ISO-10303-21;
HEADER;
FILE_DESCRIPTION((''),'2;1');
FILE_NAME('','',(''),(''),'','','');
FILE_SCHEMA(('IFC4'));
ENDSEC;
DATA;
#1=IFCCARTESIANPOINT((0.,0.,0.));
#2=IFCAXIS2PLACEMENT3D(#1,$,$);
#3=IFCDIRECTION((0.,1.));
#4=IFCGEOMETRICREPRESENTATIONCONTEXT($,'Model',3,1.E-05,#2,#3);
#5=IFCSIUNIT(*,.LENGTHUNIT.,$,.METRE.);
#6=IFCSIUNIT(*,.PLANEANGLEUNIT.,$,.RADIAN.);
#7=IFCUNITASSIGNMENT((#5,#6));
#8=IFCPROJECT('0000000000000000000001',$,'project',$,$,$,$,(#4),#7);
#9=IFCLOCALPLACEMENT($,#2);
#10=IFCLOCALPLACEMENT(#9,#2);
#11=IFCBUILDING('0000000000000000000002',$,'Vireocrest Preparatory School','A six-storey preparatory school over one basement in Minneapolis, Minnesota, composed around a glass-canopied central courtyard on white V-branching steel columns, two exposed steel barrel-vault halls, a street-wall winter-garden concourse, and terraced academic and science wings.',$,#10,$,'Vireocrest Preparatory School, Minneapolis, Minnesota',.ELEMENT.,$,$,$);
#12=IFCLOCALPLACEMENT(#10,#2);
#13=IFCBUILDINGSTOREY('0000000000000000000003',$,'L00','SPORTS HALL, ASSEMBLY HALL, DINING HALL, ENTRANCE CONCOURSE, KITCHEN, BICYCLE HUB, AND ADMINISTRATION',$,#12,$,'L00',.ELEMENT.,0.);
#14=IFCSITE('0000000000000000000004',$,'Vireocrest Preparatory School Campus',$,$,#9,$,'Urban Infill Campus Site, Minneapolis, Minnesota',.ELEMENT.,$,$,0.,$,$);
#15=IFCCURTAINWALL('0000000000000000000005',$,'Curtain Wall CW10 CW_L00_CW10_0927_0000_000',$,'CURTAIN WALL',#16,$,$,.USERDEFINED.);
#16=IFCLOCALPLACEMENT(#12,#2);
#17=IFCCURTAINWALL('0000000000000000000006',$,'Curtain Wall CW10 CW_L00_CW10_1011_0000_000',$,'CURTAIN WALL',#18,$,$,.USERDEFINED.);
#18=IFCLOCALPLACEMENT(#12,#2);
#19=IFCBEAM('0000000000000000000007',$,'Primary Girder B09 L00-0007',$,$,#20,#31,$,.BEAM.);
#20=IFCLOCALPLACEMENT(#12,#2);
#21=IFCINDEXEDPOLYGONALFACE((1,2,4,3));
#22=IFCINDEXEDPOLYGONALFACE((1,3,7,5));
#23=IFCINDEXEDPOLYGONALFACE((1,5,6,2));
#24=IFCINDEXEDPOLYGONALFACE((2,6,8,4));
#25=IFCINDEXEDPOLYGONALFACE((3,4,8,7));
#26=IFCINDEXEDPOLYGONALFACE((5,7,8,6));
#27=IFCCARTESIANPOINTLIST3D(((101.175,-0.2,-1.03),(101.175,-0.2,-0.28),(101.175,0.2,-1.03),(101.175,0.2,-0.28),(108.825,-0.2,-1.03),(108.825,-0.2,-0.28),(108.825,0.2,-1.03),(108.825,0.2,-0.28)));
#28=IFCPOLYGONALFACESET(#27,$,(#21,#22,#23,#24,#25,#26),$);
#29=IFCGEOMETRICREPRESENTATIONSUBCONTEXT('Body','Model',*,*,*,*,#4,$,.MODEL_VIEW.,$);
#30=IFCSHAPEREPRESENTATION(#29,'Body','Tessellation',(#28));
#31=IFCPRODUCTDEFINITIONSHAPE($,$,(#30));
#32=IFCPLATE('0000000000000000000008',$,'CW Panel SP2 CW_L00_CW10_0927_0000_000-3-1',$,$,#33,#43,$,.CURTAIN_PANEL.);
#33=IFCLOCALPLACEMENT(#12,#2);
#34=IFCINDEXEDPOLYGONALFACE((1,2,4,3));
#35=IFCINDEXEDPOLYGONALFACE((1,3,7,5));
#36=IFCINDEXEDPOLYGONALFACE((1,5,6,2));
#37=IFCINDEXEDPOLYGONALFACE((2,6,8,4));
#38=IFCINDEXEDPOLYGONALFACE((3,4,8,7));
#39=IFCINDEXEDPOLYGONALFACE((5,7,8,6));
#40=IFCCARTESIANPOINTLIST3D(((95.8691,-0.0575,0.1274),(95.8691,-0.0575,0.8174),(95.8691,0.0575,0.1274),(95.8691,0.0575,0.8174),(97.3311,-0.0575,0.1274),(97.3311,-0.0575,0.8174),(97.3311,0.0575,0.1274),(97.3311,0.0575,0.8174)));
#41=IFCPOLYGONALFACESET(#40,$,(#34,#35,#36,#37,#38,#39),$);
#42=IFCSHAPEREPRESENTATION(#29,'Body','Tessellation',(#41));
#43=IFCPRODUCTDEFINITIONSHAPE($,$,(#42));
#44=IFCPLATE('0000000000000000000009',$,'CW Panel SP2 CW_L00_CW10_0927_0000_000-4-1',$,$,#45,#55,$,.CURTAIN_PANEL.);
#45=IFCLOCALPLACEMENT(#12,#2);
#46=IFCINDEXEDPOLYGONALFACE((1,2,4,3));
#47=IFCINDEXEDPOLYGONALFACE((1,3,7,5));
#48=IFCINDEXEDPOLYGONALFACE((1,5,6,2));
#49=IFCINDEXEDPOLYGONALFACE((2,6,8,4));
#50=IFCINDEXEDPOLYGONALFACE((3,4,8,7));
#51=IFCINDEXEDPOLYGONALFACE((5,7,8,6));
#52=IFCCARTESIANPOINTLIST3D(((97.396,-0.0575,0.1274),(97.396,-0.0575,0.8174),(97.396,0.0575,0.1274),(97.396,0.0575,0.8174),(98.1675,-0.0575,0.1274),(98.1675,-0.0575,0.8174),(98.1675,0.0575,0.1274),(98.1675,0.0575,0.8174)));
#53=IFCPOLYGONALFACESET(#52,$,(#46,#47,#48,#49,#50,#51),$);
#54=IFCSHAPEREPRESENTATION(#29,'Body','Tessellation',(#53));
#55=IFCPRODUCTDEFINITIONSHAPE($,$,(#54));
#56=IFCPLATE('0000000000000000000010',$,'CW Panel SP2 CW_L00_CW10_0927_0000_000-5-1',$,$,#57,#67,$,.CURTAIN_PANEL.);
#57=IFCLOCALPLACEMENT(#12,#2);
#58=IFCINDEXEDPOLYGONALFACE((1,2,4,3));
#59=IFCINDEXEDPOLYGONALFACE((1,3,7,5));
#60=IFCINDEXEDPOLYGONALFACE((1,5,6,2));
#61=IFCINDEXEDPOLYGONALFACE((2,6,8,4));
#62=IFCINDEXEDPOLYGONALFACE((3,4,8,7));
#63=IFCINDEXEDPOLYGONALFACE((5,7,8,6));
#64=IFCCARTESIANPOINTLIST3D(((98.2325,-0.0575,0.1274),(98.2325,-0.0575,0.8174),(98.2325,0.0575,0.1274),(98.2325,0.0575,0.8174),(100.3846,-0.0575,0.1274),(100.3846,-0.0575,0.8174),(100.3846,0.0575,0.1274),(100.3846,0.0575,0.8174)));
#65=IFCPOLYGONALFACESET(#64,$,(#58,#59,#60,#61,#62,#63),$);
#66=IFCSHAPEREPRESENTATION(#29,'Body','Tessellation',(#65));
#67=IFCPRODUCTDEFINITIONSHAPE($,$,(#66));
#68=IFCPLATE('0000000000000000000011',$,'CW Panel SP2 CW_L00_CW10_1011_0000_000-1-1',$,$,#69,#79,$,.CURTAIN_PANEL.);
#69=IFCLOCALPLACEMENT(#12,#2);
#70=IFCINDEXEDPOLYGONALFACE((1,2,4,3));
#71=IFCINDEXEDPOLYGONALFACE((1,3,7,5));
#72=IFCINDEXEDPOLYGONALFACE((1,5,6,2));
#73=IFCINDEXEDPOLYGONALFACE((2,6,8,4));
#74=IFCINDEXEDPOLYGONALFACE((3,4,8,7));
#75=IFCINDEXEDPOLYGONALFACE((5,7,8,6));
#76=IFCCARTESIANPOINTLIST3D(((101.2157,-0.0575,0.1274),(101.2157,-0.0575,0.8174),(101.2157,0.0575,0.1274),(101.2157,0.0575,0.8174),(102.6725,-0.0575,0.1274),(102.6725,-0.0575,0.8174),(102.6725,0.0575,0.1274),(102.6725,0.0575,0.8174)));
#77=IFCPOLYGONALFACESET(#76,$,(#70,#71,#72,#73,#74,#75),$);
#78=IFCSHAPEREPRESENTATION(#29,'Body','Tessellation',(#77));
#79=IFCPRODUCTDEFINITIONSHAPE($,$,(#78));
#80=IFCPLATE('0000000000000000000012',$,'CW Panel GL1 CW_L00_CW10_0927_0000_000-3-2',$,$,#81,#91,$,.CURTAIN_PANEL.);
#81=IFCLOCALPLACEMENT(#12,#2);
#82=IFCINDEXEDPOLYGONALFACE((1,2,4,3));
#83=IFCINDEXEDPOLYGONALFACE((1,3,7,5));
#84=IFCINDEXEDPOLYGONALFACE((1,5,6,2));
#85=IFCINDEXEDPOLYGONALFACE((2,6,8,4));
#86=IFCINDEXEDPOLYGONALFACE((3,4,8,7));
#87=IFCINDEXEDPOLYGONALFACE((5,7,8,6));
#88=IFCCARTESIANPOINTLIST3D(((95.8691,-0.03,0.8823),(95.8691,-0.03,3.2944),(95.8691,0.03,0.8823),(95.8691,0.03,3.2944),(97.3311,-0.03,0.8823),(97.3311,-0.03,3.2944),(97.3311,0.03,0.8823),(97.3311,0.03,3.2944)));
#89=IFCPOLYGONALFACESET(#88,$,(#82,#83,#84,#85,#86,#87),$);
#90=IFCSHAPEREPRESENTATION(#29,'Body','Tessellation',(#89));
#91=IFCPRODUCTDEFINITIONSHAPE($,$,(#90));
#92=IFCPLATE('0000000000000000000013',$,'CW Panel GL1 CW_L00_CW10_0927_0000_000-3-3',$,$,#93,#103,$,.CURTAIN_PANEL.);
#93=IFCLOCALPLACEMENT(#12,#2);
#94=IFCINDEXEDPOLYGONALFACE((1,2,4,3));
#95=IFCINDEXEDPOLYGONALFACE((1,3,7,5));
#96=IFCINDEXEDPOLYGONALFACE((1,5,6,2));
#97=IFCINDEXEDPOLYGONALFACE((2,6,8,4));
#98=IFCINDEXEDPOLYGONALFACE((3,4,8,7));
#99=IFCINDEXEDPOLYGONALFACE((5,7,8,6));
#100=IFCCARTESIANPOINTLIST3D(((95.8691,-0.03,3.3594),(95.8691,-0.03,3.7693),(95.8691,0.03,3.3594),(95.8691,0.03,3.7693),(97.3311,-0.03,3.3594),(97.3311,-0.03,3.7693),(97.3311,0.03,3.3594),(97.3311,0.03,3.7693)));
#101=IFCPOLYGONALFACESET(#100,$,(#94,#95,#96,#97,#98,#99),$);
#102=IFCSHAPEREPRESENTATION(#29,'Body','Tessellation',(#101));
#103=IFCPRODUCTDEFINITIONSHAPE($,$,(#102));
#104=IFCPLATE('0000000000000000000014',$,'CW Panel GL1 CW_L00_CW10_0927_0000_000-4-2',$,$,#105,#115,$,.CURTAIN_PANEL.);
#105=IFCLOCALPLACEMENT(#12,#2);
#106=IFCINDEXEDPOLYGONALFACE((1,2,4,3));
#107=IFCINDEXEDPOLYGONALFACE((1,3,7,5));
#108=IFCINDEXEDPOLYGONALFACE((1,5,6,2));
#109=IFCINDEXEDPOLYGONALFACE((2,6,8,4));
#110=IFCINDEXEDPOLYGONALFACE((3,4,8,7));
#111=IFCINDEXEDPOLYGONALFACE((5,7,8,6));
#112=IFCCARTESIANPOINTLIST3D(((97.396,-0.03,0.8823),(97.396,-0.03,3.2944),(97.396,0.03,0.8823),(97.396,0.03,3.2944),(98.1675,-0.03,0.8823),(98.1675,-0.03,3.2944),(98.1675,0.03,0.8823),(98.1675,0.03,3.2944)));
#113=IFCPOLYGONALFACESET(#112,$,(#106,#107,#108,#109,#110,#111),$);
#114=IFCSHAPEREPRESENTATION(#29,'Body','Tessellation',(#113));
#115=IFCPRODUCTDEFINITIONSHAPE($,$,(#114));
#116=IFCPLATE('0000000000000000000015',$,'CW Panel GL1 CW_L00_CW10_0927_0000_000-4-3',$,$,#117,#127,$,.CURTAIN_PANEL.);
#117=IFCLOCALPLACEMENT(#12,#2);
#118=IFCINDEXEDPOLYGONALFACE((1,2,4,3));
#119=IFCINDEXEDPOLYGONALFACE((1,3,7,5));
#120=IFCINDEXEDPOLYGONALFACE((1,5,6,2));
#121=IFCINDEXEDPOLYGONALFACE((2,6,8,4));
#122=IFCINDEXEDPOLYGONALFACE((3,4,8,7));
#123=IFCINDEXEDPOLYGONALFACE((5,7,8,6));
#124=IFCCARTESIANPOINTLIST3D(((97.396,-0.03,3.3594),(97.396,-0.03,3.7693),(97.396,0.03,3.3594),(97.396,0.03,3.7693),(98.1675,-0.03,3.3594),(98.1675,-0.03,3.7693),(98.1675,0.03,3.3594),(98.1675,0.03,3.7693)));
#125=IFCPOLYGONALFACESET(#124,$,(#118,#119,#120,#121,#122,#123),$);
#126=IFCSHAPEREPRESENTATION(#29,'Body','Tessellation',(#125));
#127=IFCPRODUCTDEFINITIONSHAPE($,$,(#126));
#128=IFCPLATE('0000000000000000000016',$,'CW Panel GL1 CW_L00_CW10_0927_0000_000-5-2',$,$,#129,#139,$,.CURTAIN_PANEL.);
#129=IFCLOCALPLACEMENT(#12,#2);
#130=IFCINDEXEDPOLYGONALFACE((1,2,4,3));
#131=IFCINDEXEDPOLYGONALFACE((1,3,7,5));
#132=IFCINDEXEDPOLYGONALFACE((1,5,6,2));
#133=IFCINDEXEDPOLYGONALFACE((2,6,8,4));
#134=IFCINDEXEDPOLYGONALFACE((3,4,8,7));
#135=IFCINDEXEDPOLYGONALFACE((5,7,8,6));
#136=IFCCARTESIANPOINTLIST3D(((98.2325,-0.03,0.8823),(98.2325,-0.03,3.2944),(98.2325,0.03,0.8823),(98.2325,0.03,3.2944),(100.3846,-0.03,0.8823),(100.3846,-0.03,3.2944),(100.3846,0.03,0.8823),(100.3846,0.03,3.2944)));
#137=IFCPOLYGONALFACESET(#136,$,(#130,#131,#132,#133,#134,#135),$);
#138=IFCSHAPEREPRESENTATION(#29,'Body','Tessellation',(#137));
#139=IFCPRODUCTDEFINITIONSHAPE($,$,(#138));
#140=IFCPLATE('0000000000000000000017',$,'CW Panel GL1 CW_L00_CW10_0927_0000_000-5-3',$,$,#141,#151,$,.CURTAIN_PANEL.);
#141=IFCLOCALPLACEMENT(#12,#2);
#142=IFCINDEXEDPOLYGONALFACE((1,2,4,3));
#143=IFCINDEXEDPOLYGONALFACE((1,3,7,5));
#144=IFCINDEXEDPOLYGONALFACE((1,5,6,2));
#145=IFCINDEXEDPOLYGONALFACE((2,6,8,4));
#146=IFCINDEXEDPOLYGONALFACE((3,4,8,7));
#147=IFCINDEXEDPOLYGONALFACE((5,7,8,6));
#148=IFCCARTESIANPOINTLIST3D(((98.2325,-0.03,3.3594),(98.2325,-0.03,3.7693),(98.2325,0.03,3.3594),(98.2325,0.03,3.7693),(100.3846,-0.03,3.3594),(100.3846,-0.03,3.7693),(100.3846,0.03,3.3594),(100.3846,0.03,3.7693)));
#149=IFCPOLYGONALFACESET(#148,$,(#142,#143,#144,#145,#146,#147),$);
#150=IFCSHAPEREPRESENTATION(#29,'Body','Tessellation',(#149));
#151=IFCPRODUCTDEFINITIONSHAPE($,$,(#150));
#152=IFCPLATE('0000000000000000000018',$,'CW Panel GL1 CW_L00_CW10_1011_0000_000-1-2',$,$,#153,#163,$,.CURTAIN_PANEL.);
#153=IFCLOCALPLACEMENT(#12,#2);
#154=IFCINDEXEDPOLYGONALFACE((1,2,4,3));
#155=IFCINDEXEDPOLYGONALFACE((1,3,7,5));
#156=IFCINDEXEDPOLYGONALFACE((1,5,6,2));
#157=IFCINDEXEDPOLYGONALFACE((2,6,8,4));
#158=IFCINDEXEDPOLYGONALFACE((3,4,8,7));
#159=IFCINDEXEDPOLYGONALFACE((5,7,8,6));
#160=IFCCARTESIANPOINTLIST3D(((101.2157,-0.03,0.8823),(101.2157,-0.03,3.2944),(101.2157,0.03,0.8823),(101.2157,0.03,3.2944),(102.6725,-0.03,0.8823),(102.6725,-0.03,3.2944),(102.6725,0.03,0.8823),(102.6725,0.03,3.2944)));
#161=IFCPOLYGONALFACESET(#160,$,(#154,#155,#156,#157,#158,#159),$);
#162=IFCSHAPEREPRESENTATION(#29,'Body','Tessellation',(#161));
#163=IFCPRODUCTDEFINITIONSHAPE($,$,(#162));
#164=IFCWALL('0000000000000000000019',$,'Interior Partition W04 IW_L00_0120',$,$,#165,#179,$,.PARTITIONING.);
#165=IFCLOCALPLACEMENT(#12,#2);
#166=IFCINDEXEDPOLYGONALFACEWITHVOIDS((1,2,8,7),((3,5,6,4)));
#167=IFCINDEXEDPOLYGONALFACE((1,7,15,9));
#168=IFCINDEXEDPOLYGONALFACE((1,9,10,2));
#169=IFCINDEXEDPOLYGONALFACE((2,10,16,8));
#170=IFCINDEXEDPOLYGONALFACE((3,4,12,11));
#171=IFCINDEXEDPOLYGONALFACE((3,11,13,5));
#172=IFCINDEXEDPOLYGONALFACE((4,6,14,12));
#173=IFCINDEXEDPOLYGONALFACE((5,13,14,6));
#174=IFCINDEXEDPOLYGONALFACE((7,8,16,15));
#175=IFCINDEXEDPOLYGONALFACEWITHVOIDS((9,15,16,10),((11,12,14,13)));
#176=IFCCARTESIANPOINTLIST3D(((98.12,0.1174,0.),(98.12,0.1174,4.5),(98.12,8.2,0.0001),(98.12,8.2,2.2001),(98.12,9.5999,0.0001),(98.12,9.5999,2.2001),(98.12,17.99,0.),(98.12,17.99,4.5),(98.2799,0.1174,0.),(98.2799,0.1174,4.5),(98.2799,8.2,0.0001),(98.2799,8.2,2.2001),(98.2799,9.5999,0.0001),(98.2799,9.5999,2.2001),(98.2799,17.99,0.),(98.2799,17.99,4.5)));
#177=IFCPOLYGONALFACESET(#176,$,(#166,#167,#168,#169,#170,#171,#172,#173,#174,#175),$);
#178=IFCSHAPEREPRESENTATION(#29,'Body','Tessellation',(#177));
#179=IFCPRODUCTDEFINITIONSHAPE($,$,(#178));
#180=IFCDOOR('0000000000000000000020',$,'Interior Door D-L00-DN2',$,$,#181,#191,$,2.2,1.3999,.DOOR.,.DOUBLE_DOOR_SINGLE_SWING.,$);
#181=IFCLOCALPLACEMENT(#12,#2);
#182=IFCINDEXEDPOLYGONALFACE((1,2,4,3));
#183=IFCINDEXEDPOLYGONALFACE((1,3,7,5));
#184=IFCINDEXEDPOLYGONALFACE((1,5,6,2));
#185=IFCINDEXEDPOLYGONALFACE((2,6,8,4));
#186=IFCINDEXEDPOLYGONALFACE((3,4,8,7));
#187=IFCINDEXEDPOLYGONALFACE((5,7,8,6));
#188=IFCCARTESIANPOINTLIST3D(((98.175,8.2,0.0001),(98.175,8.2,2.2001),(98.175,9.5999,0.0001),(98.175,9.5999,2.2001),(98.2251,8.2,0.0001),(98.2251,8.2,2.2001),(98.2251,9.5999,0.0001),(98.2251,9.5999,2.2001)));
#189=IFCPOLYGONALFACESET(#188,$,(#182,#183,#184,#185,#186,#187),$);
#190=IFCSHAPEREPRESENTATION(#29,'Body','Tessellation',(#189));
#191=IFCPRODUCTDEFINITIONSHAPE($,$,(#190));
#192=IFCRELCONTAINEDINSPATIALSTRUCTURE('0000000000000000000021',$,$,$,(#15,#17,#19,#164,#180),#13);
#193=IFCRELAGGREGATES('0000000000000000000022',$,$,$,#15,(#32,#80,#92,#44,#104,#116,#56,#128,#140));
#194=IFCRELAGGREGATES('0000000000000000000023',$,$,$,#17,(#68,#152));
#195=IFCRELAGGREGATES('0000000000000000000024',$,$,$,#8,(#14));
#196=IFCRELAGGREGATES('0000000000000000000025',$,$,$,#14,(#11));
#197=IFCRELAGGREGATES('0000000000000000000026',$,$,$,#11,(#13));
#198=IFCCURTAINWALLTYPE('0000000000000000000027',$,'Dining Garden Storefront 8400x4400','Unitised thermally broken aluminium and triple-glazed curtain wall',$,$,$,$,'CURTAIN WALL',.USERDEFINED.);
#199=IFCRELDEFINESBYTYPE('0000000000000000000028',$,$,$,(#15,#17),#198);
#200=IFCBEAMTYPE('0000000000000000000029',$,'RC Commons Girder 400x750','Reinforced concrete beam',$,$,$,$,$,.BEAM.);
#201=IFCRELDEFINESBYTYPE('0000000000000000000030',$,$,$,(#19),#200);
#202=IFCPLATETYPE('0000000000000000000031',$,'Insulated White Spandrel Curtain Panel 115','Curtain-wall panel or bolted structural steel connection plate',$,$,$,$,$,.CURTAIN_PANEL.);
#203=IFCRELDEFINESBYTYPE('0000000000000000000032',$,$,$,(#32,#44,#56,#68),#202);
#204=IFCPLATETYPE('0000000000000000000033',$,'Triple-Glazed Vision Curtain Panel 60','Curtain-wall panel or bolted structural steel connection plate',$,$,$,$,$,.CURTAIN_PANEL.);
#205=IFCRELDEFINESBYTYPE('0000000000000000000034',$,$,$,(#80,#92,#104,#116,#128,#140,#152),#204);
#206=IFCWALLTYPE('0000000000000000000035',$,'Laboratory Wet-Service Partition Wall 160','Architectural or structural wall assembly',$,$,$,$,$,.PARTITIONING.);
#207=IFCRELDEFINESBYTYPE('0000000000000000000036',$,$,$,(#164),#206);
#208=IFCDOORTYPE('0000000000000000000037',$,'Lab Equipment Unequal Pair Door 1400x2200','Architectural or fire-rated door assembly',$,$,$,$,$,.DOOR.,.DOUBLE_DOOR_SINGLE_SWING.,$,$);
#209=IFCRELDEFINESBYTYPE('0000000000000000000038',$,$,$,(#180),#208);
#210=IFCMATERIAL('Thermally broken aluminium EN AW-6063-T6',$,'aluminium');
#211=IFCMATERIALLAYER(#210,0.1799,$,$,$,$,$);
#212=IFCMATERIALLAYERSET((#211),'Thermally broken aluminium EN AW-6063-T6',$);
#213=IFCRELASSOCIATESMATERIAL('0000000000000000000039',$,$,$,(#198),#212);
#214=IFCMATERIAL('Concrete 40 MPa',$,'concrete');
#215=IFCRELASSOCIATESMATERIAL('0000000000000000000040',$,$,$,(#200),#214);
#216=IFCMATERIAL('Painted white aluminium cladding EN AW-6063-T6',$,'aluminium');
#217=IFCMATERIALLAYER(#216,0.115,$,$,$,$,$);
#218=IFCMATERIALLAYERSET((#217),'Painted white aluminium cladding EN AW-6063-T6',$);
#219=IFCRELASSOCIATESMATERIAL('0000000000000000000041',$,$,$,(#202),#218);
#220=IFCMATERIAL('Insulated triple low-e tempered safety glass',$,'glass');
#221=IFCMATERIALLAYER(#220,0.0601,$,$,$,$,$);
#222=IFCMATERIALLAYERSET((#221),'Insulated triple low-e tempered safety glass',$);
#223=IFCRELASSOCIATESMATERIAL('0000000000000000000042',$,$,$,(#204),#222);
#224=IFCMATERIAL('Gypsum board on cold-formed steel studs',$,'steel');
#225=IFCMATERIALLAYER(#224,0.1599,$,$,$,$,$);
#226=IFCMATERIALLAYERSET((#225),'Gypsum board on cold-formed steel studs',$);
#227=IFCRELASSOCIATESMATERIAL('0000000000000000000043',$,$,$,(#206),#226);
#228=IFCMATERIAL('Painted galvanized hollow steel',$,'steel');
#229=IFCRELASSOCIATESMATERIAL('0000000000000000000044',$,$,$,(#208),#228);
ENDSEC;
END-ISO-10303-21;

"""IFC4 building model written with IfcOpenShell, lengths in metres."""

from ifc_helpers import new_model, si_unit, direction, frame, frame_2d, origin, origin_2d, place, context, subcontext, project, spatial, rectangle, extrude, material, layer, layer_set, material_profile, profile_set, type_object, element, fill, aggregate, save


model = new_model("IFC4")

# Units and contexts
model_context = context("Model", 3, precision=1e-05, world=origin(), true_north=direction((0.0, 1.0)))
body_context = subcontext(model_context, "Body", "Model", "MODEL_VIEW")
ifc_project = project(units=[si_unit("LENGTHUNIT", "METRE"), si_unit("PLANEANGLEUNIT", "RADIAN")], contexts=[model_context])

# Site, building, storey
site_placement = place(None, origin())
site = spatial("IfcSite", under=ifc_project, at=site_placement, Name="Vireocrest Preparatory School Campus", LongName="Urban Infill Campus Site, Minneapolis, Minnesota", CompositionType="ELEMENT", RefElevation=0.0)
building_placement = place(site_placement, origin())
building = spatial("IfcBuilding", under=site, at=building_placement, Name="Vireocrest Preparatory School", Description="A six-storey preparatory school over one basement in Minneapolis, Minnesota, composed around a glass-canopied central courtyard on white V-branching steel columns, two exposed steel barrel-vault halls, a street-wall winter-garden concourse, and terraced academic and science wings.", LongName="Vireocrest Preparatory School, Minneapolis, Minnesota", CompositionType="ELEMENT")
storey_placement = place(building_placement, origin())
storey = spatial("IfcBuildingStorey", under=building, at=storey_placement, Name="L00", Description="SPORTS HALL, ASSEMBLY HALL, DINING HALL, ENTRANCE CONCOURSE, KITCHEN, BICYCLE HUB, AND ADMINISTRATION", LongName="L00", CompositionType="ELEMENT", Elevation=0.0)

# Curtain walls
ifc_material_1 = material(Name="Thermally broken aluminium EN AW-6063-T6", Category="aluminium")
ifc_layer_1 = layer(ifc_material_1, 0.1799)
ifc_layer_set_1 = layer_set([ifc_layer_1], Name="Thermally broken aluminium EN AW-6063-T6")
curtain_wall_type = type_object("IfcCurtainWallType", Name="Dining Garden Storefront 8400x4400", Description="Unitised thermally broken aluminium and triple-glazed curtain wall", ElementType="CURTAIN WALL", PredefinedType="USERDEFINED", material=ifc_layer_set_1)
curtain_wall_1_placement = place(storey_placement, origin())
curtain_wall_1 = element("IfcCurtainWall", 1, at=curtain_wall_1_placement, inside=storey, type_object=curtain_wall_type, Name="Curtain Wall CW10 CW_L00_CW10_0927_0000_000", ObjectType="CURTAIN WALL", PredefinedType="USERDEFINED")
curtain_wall_2_placement = place(storey_placement, origin())
curtain_wall_2 = element("IfcCurtainWall", 2, at=curtain_wall_2_placement, inside=storey, type_object=curtain_wall_type, Name="Curtain Wall CW10 CW_L00_CW10_1011_0000_000", ObjectType="CURTAIN WALL", PredefinedType="USERDEFINED")

# Beam
ifc_material_2 = material(Name="Concrete 40 MPa", Category="concrete")
ifc_material_profile_1 = material_profile(ifc_material_2, rectangle(XDim=0.3999, YDim=0.75, at=origin_2d()), Name="RC 400x750")
ifc_profile_set_1 = profile_set([ifc_material_profile_1], Name="Concrete 40 MPa")
beam_type = type_object("IfcBeamType", Name="RC Commons Girder 400x750", Description="Reinforced concrete beam", PredefinedType="BEAM", material=ifc_profile_set_1)
beam_placement = place(storey_placement, frame((101.175, 0.0, -0.655), z_axis=(1.0, 0.0, 0.0), x_axis=(0.0, 1.0, 0.0)))
element("IfcBeam", 3, at=beam_placement, inside=storey, type_object=beam_type, Name="Primary Girder B09 L00-0007", PredefinedType="BEAM", context=body_context, shape_type="SweptSolid", body=[
    extrude(rectangle(XDim=0.3999, YDim=0.75, at=origin_2d()), origin(), (0.0, 0.0, 1.0), 7.6499),
])

# Plates
ifc_material_3 = material(Name="Painted white aluminium cladding EN AW-6063-T6", Category="aluminium")
ifc_layer_2 = layer(ifc_material_3, 0.115)
ifc_layer_set_2 = layer_set([ifc_layer_2], Name="Painted white aluminium cladding EN AW-6063-T6")
plate_type_1 = type_object("IfcPlateType", Name="Insulated White Spandrel Curtain Panel 115", Description="Curtain-wall panel or bolted structural steel connection plate", PredefinedType="CURTAIN_PANEL", material=ifc_layer_set_2)
plate_1_placement = place(storey_placement, frame((96.6001, 0.0, 0.1274), z_axis=(0.0, 0.0, 1.0), x_axis=(1.0, 0.0, 0.0)))
plate_1 = element("IfcPlate", 4, at=plate_1_placement, type_object=plate_type_1, Name="CW Panel SP2 CW_L00_CW10_0927_0000_000-3-1", PredefinedType="CURTAIN_PANEL", context=body_context, shape_type="SweptSolid", body=[
    extrude(rectangle(XDim=1.4619, YDim=0.115, at=origin_2d()), origin(), (0.0, 0.0, 1.0), 0.6899),
])
plate_2_placement = place(storey_placement, frame((97.7817, 0.0, 0.1274), z_axis=(0.0, 0.0, 1.0), x_axis=(1.0, 0.0, 0.0)))
plate_2 = element("IfcPlate", 5, at=plate_2_placement, type_object=plate_type_1, Name="CW Panel SP2 CW_L00_CW10_0927_0000_000-4-1", PredefinedType="CURTAIN_PANEL", context=body_context, shape_type="SweptSolid", body=[
    extrude(rectangle(XDim=0.7715, YDim=0.115, at=origin_2d()), origin(), (0.0, 0.0, 1.0), 0.6899),
])
plate_3_placement = place(storey_placement, frame((99.3086, 0.0, 0.1274), z_axis=(0.0, 0.0, 1.0), x_axis=(1.0, 0.0, 0.0)))
plate_3 = element("IfcPlate", 6, at=plate_3_placement, type_object=plate_type_1, Name="CW Panel SP2 CW_L00_CW10_0927_0000_000-5-1", PredefinedType="CURTAIN_PANEL", context=body_context, shape_type="SweptSolid", body=[
    extrude(rectangle(XDim=2.1521, YDim=0.115, at=origin_2d()), origin(), (0.0, 0.0, 1.0), 0.6899),
])
plate_4_placement = place(storey_placement, frame((101.9441, 0.0, 0.1274), z_axis=(0.0, 0.0, 1.0), x_axis=(1.0, 0.0, 0.0)))
plate_4 = element("IfcPlate", 7, at=plate_4_placement, type_object=plate_type_1, Name="CW Panel SP2 CW_L00_CW10_1011_0000_000-1-1", PredefinedType="CURTAIN_PANEL", context=body_context, shape_type="SweptSolid", body=[
    extrude(rectangle(XDim=1.4568, YDim=0.115, at=origin_2d()), origin(), (0.0, 0.0, 1.0), 0.6899),
])
ifc_material_4 = material(Name="Insulated triple low-e tempered safety glass", Category="glass")
ifc_layer_3 = layer(ifc_material_4, 0.0601)
ifc_layer_set_3 = layer_set([ifc_layer_3], Name="Insulated triple low-e tempered safety glass")
plate_type_2 = type_object("IfcPlateType", Name="Triple-Glazed Vision Curtain Panel 60", Description="Curtain-wall panel or bolted structural steel connection plate", PredefinedType="CURTAIN_PANEL", material=ifc_layer_set_3)
plate_5_placement = place(storey_placement, frame((96.6001, 0.0, 0.8823), z_axis=(0.0, 0.0, 1.0), x_axis=(1.0, 0.0, 0.0)))
plate_5 = element("IfcPlate", 8, at=plate_5_placement, type_object=plate_type_2, Name="CW Panel GL1 CW_L00_CW10_0927_0000_000-3-2", PredefinedType="CURTAIN_PANEL", context=body_context, shape_type="SweptSolid", body=[
    extrude(rectangle(XDim=1.4619, YDim=0.0601, at=origin_2d()), origin(), (0.0, 0.0, 1.0), 2.4121),
])
plate_6_placement = place(storey_placement, frame((96.6001, 0.0, 3.3594), z_axis=(0.0, 0.0, 1.0), x_axis=(1.0, 0.0, 0.0)))
plate_6 = element("IfcPlate", 9, at=plate_6_placement, type_object=plate_type_2, Name="CW Panel GL1 CW_L00_CW10_0927_0000_000-3-3", PredefinedType="CURTAIN_PANEL", context=body_context, shape_type="SweptSolid", body=[
    extrude(rectangle(XDim=1.4619, YDim=0.0601, at=origin_2d()), origin(), (0.0, 0.0, 1.0), 0.4099),
])
plate_7_placement = place(storey_placement, frame((97.7817, 0.0, 0.8823), z_axis=(0.0, 0.0, 1.0), x_axis=(1.0, 0.0, 0.0)))
plate_7 = element("IfcPlate", 10, at=plate_7_placement, type_object=plate_type_2, Name="CW Panel GL1 CW_L00_CW10_0927_0000_000-4-2", PredefinedType="CURTAIN_PANEL", context=body_context, shape_type="SweptSolid", body=[
    extrude(rectangle(XDim=0.7715, YDim=0.0601, at=origin_2d()), origin(), (0.0, 0.0, 1.0), 2.4121),
])
plate_8_placement = place(storey_placement, frame((97.7817, 0.0, 3.3594), z_axis=(0.0, 0.0, 1.0), x_axis=(1.0, 0.0, 0.0)))
plate_8 = element("IfcPlate", 11, at=plate_8_placement, type_object=plate_type_2, Name="CW Panel GL1 CW_L00_CW10_0927_0000_000-4-3", PredefinedType="CURTAIN_PANEL", context=body_context, shape_type="SweptSolid", body=[
    extrude(rectangle(XDim=0.7715, YDim=0.0601, at=origin_2d()), origin(), (0.0, 0.0, 1.0), 0.4099),
])
plate_9_placement = place(storey_placement, frame((99.3086, 0.0, 0.8823), z_axis=(0.0, 0.0, 1.0), x_axis=(1.0, 0.0, 0.0)))
plate_9 = element("IfcPlate", 12, at=plate_9_placement, type_object=plate_type_2, Name="CW Panel GL1 CW_L00_CW10_0927_0000_000-5-2", PredefinedType="CURTAIN_PANEL", context=body_context, shape_type="SweptSolid", body=[
    extrude(rectangle(XDim=2.1521, YDim=0.0601, at=origin_2d()), origin(), (0.0, 0.0, 1.0), 2.4121),
])
plate_10_placement = place(storey_placement, frame((99.3086, 0.0, 3.3594), z_axis=(0.0, 0.0, 1.0), x_axis=(1.0, 0.0, 0.0)))
plate_10 = element("IfcPlate", 13, at=plate_10_placement, type_object=plate_type_2, Name="CW Panel GL1 CW_L00_CW10_0927_0000_000-5-3", PredefinedType="CURTAIN_PANEL", context=body_context, shape_type="SweptSolid", body=[
    extrude(rectangle(XDim=2.1521, YDim=0.0601, at=origin_2d()), origin(), (0.0, 0.0, 1.0), 0.4099),
])
aggregate(curtain_wall_1, [plate_1, plate_5, plate_6, plate_2, plate_7, plate_8, plate_3, plate_9, plate_10])
plate_11_placement = place(storey_placement, frame((101.9441, 0.0, 0.8823), z_axis=(0.0, 0.0, 1.0), x_axis=(1.0, 0.0, 0.0)))
plate_11 = element("IfcPlate", 14, at=plate_11_placement, type_object=plate_type_2, Name="CW Panel GL1 CW_L00_CW10_1011_0000_000-1-2", PredefinedType="CURTAIN_PANEL", context=body_context, shape_type="SweptSolid", body=[
    extrude(rectangle(XDim=1.4568, YDim=0.0601, at=origin_2d()), origin(), (0.0, 0.0, 1.0), 2.4121),
])
aggregate(curtain_wall_2, [plate_4, plate_11])

# Wall, opening, door
ifc_material_5 = material(Name="Gypsum board on cold-formed steel studs", Category="steel")
ifc_layer_4 = layer(ifc_material_5, 0.1599)
ifc_layer_set_4 = layer_set([ifc_layer_4], Name="Gypsum board on cold-formed steel studs")
wall_type = type_object("IfcWallType", Name="Laboratory Wet-Service Partition Wall 160", Description="Architectural or structural wall assembly", PredefinedType="PARTITIONING", material=ifc_layer_set_4)
wall_placement = place(storey_placement, frame((98.2, 0.1174, 0.0), z_axis=(0.0, 0.0, 1.0), x_axis=(0.0, 1.0, 0.0)))
wall = element("IfcWall", 15, at=wall_placement, inside=storey, type_object=wall_type, Name="Interior Partition W04 IW_L00_0120", PredefinedType="PARTITIONING", context=body_context, shape_type="SweptSolid", body=[
    extrude(rectangle(XDim=17.8726, YDim=0.1599, at=frame_2d((8.9363, 0.0))), origin(), (0.0, 0.0, 1.0), 4.5),
])
opening_placement = place(wall_placement, frame((8.0825, 0.0, 0.0)))
opening = element("IfcOpeningElement", 16, at=opening_placement, cuts=wall, PredefinedType="OPENING", context=body_context, shape_type="SweptSolid", body=[
    extrude(rectangle(XDim=1.3999, YDim=2.2, at=frame_2d((0.7, 1.1001))), frame((0.0, 0.0898, 0.0), z_axis=(0.0, -1.0, 0.0), x_axis=(1.0, 0.0, 0.0)), (0.0, 0.0, 1.0), 0.1799),
])
ifc_material_6 = material(Name="Painted galvanized hollow steel", Category="steel")
door_type = type_object("IfcDoorType", Name="Lab Equipment Unequal Pair Door 1400x2200", Description="Architectural or fire-rated door assembly", OperationType="DOUBLE_DOOR_SINGLE_SWING", PredefinedType="DOOR", material=ifc_material_6)
door_placement = place(opening_placement, origin())
door = element("IfcDoor", 17, at=door_placement, inside=storey, type_object=door_type, Name="Interior Door D-L00-DN2", OperationType="DOUBLE_DOOR_SINGLE_SWING", OverallHeight=2.2, OverallWidth=1.3999, PredefinedType="DOOR", context=body_context, shape_type="SweptSolid", body=[
    extrude(rectangle(XDim=1.3999, YDim=2.2, at=frame_2d((0.7, 1.1001))), frame((0.0, 0.0249, 0.0), z_axis=(0.0, -1.0, 0.0), x_axis=(1.0, 0.0, 0.0)), (0.0, 0.0, 1.0), 0.05),
])
fill(opening, door)

save(model, "model.ifc")
